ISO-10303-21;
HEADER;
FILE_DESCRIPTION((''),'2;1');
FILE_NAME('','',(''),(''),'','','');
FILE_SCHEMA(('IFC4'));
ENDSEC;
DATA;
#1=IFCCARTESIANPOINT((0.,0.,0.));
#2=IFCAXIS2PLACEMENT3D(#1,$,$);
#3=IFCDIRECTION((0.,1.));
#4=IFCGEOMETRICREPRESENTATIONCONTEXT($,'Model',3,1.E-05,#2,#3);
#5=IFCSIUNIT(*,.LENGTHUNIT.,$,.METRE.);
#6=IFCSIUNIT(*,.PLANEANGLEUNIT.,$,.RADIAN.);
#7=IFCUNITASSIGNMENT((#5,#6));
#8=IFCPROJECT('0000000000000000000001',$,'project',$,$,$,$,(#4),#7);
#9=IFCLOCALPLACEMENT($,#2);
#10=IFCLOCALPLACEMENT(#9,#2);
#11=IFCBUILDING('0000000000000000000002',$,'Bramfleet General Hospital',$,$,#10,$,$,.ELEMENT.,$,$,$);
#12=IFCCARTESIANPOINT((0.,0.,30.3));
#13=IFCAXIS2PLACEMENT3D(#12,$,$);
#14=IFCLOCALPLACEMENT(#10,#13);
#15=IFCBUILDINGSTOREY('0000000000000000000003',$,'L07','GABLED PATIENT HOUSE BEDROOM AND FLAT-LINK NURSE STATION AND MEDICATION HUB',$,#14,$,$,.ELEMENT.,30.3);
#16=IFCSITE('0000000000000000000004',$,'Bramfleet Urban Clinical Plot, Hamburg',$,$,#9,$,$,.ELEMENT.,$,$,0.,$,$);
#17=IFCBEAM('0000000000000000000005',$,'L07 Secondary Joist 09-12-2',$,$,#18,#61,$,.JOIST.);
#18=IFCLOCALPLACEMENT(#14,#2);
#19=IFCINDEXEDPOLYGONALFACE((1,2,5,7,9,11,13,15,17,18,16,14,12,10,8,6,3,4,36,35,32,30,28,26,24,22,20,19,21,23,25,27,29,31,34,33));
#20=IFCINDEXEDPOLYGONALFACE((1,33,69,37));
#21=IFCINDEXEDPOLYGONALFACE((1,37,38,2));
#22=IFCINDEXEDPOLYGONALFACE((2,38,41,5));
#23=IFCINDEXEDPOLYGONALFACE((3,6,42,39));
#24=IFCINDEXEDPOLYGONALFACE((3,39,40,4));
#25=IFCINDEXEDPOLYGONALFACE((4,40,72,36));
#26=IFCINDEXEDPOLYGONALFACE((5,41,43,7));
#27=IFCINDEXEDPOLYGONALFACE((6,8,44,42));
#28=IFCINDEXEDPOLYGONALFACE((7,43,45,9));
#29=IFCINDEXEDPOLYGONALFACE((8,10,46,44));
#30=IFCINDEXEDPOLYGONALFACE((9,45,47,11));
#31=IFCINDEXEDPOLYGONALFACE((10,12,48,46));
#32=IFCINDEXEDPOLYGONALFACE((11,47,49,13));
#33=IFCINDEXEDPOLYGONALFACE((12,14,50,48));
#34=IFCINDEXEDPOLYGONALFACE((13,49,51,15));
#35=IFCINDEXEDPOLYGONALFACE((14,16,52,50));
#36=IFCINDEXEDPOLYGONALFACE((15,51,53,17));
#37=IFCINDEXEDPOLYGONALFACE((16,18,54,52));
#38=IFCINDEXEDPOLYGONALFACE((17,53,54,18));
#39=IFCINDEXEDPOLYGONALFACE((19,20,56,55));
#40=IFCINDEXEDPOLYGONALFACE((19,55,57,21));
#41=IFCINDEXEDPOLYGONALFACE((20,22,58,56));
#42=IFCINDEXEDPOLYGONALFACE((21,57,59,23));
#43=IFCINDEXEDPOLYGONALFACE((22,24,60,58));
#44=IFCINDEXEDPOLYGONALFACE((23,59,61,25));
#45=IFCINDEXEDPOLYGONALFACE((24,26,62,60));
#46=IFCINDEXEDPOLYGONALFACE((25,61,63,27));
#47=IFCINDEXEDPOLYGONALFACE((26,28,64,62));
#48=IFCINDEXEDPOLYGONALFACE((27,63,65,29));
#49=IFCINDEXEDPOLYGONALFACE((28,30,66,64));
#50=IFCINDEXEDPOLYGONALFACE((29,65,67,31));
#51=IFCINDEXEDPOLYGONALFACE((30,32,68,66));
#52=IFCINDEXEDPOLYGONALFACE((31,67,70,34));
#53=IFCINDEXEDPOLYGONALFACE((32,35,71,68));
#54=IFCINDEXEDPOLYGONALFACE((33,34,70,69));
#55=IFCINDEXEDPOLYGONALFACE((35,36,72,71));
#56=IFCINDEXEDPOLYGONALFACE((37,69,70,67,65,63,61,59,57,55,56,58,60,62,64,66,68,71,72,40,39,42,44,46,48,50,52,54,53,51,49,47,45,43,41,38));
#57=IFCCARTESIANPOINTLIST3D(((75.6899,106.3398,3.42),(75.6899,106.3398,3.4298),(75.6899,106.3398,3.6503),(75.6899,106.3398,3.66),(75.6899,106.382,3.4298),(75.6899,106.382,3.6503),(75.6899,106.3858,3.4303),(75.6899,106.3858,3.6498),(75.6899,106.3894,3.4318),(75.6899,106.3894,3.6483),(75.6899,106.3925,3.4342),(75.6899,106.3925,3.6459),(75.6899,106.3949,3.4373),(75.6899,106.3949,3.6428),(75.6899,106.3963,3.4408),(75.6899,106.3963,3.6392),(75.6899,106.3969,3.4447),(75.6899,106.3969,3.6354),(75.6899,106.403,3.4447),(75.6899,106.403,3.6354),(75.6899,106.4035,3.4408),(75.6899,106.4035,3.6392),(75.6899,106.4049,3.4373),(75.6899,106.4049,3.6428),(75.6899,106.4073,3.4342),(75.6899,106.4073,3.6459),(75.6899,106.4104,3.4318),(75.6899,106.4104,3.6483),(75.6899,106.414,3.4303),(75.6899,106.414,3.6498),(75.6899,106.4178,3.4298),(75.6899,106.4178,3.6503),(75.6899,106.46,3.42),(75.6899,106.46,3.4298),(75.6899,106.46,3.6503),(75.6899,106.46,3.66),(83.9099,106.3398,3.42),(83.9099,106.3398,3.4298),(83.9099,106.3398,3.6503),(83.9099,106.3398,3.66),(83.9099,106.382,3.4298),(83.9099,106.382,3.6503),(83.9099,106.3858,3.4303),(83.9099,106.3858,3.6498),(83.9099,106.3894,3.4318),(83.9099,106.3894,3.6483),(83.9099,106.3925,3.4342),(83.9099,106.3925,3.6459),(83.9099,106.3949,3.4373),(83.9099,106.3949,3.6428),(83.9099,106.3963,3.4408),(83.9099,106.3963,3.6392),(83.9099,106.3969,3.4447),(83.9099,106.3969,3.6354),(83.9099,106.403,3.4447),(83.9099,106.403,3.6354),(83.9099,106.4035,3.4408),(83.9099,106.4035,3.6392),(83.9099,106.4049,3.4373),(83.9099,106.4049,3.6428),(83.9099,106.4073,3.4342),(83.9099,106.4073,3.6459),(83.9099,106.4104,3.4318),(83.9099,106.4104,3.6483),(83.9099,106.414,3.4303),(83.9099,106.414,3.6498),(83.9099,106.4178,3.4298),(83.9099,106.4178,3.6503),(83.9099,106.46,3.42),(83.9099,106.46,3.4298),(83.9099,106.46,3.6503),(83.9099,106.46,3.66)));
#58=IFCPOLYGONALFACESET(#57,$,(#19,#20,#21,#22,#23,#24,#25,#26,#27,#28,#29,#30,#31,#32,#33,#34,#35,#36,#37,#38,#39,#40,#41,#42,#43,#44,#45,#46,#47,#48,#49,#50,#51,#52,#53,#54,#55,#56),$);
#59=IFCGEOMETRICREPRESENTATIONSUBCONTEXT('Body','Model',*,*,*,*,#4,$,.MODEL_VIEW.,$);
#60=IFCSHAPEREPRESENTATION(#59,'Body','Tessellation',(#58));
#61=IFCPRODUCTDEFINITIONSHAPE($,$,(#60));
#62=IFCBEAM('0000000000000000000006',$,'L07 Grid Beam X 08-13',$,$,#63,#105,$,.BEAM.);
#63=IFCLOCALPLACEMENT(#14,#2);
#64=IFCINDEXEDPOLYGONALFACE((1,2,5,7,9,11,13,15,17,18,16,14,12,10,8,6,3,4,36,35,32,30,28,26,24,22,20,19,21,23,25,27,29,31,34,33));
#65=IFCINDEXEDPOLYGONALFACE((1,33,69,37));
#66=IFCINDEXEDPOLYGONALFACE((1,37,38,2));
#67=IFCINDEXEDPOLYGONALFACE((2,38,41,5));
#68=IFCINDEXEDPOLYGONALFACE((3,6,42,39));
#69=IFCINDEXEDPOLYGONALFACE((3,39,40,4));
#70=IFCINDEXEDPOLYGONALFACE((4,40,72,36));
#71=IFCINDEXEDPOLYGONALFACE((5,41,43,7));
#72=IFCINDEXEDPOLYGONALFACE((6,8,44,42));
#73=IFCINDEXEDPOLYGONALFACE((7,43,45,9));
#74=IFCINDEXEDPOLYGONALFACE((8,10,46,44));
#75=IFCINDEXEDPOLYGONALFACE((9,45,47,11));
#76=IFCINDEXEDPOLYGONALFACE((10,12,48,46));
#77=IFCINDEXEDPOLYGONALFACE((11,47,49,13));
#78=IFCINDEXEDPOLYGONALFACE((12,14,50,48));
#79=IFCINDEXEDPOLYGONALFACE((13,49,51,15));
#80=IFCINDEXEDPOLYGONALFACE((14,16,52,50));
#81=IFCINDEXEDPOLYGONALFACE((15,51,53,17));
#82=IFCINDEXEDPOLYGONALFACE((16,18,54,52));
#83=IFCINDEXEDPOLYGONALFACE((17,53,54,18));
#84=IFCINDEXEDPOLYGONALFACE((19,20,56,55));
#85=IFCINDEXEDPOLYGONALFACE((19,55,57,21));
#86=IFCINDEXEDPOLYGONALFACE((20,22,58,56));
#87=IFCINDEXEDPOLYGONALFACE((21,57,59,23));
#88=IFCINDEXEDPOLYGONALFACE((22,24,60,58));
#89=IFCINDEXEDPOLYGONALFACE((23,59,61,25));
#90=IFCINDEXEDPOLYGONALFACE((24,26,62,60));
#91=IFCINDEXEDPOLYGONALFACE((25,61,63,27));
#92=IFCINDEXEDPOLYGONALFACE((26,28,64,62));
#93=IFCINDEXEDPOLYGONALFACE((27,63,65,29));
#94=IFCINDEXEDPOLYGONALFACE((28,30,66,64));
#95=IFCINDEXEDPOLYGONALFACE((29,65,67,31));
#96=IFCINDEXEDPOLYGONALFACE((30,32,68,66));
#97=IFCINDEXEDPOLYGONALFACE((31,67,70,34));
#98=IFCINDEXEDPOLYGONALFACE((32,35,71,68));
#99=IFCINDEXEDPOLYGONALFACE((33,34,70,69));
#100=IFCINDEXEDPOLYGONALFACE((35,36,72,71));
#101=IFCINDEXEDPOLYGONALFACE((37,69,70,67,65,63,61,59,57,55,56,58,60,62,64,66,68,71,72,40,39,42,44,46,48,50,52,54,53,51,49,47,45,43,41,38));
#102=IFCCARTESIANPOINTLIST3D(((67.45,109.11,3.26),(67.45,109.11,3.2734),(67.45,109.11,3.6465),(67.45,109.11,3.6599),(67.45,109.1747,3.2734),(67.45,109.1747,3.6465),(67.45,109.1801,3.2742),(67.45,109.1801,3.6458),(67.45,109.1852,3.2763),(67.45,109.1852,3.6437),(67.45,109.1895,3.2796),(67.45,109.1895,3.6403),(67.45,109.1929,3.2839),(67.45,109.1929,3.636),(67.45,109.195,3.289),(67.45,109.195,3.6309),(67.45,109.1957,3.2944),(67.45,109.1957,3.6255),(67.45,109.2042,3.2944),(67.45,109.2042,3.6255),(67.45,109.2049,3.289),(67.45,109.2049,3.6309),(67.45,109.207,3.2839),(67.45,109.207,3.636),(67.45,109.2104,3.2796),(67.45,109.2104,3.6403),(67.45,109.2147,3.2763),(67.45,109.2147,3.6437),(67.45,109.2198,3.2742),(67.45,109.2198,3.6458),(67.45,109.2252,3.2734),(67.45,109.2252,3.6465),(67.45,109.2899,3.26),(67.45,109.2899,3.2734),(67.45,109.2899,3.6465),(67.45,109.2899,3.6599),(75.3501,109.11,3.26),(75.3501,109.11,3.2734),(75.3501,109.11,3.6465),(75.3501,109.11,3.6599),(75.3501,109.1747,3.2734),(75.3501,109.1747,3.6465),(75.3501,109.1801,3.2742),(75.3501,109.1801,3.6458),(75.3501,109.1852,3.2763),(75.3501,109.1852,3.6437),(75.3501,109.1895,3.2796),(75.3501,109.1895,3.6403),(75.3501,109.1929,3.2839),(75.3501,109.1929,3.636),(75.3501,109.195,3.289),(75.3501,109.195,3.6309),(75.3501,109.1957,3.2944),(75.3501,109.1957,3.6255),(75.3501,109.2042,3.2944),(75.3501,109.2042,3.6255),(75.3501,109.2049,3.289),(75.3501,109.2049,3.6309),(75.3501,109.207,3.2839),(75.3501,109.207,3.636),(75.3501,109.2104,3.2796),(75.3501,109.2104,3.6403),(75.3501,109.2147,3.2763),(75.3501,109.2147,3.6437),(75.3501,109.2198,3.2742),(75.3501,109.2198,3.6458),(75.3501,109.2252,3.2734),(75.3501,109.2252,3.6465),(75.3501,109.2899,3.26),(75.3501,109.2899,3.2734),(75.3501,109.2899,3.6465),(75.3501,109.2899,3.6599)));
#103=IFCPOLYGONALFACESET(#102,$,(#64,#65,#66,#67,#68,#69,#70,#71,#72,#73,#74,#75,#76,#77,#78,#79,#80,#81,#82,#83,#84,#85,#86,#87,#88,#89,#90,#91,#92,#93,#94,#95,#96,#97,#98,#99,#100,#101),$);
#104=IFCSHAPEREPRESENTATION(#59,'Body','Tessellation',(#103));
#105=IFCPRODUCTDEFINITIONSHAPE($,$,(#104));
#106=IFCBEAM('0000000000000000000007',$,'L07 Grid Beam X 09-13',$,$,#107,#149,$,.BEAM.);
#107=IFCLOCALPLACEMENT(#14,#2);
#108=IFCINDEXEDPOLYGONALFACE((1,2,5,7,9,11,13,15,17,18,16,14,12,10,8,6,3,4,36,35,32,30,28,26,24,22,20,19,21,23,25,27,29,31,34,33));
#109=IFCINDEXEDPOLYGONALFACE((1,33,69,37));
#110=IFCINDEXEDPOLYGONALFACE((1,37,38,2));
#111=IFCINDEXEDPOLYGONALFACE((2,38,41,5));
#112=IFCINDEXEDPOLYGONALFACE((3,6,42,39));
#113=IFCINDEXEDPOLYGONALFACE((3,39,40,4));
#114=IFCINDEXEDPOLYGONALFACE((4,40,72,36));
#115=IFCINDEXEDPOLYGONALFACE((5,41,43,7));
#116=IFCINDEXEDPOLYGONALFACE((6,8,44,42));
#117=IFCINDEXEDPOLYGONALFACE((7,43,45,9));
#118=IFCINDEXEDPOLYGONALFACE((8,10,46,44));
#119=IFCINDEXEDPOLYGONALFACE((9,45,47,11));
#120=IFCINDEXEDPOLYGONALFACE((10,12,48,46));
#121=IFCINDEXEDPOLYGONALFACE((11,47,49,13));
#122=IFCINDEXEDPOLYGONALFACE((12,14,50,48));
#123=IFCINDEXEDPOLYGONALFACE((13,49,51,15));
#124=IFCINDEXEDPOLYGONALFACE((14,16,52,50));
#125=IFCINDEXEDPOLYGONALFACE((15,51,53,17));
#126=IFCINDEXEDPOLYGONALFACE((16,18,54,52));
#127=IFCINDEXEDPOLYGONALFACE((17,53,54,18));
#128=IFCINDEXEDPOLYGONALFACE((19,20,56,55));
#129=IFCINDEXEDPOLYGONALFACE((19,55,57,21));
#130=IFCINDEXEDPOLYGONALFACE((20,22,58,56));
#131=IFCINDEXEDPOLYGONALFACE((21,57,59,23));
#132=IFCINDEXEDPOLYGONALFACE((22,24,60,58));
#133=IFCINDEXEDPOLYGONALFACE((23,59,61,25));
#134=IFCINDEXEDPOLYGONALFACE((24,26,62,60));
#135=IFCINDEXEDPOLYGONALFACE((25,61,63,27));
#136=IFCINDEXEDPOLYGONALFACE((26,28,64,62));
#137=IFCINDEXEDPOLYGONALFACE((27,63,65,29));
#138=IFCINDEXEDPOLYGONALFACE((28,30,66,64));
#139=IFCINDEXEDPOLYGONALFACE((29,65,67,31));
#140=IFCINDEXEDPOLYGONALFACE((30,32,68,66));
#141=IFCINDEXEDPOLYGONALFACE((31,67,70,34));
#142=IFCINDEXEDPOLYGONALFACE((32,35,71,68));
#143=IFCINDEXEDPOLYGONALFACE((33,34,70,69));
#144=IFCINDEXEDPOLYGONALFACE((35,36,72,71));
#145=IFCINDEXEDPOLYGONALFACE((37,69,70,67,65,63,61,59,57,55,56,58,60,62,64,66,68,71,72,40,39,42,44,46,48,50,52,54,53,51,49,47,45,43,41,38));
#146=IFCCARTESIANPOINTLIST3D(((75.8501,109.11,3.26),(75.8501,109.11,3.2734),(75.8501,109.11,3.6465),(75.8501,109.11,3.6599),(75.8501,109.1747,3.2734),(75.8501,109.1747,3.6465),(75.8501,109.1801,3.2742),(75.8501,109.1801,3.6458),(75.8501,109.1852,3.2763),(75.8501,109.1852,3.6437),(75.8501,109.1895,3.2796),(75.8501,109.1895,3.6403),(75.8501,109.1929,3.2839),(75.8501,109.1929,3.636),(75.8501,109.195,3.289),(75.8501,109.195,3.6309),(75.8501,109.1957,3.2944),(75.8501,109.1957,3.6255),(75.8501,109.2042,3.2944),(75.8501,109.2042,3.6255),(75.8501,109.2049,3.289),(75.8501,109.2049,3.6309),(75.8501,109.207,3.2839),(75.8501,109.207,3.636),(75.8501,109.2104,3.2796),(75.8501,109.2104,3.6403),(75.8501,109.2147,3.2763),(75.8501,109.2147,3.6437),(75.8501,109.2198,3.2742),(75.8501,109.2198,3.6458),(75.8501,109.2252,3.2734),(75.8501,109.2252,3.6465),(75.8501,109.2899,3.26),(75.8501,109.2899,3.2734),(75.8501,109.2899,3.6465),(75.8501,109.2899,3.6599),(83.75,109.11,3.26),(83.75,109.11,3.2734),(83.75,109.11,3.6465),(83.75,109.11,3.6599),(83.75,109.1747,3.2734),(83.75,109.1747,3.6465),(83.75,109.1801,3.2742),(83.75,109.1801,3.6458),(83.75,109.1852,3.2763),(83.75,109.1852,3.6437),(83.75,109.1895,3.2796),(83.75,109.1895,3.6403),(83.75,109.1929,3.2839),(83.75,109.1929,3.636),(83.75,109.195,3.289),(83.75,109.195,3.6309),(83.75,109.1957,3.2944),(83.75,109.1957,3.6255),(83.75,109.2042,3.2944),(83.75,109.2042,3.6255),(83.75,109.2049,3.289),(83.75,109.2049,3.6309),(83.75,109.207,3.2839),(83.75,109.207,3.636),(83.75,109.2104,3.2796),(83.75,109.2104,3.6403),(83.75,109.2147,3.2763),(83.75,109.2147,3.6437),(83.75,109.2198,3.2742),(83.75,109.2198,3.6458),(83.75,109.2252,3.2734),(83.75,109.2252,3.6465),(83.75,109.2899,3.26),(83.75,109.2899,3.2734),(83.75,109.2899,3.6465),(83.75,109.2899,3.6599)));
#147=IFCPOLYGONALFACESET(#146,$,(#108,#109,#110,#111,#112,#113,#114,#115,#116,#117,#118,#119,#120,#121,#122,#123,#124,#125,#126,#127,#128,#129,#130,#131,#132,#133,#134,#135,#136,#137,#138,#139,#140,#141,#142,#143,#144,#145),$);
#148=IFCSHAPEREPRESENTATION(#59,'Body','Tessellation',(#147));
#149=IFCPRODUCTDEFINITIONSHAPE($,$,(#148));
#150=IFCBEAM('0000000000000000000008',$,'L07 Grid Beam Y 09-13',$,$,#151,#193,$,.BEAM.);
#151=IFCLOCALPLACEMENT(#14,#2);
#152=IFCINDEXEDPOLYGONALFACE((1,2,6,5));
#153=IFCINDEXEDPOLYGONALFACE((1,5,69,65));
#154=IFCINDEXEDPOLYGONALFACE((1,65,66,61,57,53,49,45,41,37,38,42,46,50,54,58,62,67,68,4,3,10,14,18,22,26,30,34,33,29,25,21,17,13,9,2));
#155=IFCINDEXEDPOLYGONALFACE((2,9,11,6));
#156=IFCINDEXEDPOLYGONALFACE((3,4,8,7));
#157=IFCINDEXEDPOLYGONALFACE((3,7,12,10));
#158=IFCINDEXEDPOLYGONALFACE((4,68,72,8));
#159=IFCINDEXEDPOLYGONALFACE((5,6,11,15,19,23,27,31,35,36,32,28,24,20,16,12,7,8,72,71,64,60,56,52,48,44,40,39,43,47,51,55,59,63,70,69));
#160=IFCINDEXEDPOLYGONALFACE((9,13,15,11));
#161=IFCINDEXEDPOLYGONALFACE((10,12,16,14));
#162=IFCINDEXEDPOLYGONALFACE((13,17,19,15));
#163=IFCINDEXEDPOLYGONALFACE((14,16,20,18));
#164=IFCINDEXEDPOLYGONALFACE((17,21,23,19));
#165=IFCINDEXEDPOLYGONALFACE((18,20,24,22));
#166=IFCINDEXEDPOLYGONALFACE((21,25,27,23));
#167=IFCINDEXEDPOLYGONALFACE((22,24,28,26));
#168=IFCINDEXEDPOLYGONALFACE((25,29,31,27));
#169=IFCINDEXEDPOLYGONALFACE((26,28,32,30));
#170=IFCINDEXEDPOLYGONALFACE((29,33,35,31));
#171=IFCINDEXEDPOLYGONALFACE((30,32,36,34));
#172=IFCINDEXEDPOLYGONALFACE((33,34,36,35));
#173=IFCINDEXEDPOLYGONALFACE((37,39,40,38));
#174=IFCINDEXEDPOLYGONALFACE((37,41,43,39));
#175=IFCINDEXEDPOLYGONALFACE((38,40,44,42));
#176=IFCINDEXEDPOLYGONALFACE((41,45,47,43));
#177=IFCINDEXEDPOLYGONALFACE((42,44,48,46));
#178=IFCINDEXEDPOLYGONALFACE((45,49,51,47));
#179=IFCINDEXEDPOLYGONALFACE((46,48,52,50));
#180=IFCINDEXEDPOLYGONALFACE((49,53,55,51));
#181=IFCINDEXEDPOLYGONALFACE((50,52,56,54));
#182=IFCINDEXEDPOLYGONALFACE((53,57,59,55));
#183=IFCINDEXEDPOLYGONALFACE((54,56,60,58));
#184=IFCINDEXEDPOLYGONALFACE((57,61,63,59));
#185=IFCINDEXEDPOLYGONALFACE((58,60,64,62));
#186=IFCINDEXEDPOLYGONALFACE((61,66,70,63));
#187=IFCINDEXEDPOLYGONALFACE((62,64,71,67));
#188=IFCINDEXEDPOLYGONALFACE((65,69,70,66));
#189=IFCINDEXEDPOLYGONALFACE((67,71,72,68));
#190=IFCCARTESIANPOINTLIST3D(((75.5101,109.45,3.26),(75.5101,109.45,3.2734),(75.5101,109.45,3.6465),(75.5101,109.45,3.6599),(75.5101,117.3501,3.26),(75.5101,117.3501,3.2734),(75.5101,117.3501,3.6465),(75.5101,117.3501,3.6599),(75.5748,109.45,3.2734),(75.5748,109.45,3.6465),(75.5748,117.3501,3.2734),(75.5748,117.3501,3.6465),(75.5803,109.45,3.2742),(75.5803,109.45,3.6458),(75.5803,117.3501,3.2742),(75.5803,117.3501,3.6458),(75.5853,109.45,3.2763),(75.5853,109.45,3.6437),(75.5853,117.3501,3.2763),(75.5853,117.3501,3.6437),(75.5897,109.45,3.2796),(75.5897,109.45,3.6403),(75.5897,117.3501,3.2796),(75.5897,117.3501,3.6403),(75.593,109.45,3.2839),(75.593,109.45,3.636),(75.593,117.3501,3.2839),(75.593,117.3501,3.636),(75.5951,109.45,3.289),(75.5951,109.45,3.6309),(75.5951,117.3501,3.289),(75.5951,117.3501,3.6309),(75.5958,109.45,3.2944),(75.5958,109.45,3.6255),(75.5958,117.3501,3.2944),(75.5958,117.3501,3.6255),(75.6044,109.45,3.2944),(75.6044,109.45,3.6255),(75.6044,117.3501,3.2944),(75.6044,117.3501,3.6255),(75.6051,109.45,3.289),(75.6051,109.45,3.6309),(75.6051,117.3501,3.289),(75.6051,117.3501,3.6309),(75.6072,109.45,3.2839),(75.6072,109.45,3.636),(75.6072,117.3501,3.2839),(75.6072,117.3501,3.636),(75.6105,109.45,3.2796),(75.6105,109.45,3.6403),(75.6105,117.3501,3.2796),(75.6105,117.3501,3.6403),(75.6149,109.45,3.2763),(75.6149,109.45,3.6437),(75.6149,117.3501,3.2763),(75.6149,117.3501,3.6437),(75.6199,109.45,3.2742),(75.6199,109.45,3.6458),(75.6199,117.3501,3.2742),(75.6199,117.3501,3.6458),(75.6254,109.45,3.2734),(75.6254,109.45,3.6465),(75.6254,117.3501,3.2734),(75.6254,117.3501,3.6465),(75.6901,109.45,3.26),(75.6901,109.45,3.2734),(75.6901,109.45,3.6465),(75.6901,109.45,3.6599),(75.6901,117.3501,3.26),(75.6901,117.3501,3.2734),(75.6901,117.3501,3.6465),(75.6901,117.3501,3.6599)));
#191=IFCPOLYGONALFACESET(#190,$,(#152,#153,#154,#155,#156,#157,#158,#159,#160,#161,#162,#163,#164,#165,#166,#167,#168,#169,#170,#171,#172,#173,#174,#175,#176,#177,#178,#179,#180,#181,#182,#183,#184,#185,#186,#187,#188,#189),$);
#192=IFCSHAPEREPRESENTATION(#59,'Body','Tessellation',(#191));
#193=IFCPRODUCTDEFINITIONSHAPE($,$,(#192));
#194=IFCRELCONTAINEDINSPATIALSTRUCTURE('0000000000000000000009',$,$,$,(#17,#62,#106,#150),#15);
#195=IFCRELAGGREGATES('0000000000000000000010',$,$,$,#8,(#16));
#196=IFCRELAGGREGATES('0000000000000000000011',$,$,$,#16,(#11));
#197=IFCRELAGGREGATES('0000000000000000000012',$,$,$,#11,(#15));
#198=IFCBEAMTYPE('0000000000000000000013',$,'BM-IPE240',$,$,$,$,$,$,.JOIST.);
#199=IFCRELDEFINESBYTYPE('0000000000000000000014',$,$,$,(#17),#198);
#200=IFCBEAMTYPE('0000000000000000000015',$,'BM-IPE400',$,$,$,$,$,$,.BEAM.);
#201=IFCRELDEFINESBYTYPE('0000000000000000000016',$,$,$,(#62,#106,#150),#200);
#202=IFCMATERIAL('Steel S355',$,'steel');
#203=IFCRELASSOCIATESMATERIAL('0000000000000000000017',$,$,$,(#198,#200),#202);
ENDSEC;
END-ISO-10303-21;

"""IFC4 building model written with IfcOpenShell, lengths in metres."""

from ifc_helpers import new_model, si_unit, direction, frame, origin, origin_2d, place, context, subcontext, project, spatial, i_section, extrude, material, material_profile, profile_set, type_object, element, save


model = new_model("IFC4")

# Units and contexts
model_context = context("Model", 3, precision=1e-05, world=origin(), true_north=direction((0.0, 1.0)))
body_context = subcontext(model_context, "Body", "Model", "MODEL_VIEW")
ifc_project = project(units=[si_unit("LENGTHUNIT", "METRE"), si_unit("PLANEANGLEUNIT", "RADIAN")], contexts=[model_context])

# Site, building, storey
site_placement = place(None, origin())
site = spatial("IfcSite", under=ifc_project, at=site_placement, Name="Bramfleet Urban Clinical Plot, Hamburg", CompositionType="ELEMENT", RefElevation=0.0)
building_placement = place(site_placement, origin())
building = spatial("IfcBuilding", under=site, at=building_placement, Name="Bramfleet General Hospital", CompositionType="ELEMENT")
storey_placement = place(building_placement, frame((0.0, 0.0, 30.3)))
storey = spatial("IfcBuildingStorey", under=building, at=storey_placement, Name="L07", Description="GABLED PATIENT HOUSE BEDROOM AND FLAT-LINK NURSE STATION AND MEDICATION HUB", CompositionType="ELEMENT", Elevation=30.3)

# Beams
ifc_material_1 = material(Name="Steel S355", Category="steel")
ifc_material_profile_1 = material_profile(ifc_material_1, i_section(OverallWidth=0.1201, OverallDepth=0.24, WebThickness=0.0061, FlangeThickness=0.0098, FilletRadius=0.0149, at=origin_2d()), Name="IPE 240")
ifc_profile_set_1 = profile_set([ifc_material_profile_1], Name="Steel S355")
beam_type_1 = type_object("IfcBeamType", Name="BM-IPE240", PredefinedType="JOIST", material=ifc_profile_set_1)
beam_1_placement = place(storey_placement, frame((75.6899, 106.3999, 3.54), z_axis=(1.0, 0.0, 0.0), x_axis=(0.0, 1.0, 0.0)))
element("IfcBeam", 1, at=beam_1_placement, inside=storey, type_object=beam_type_1, Name="L07 Secondary Joist 09-12-2", PredefinedType="JOIST", context=body_context, shape_type="SweptSolid", body=[
    extrude(i_section(OverallWidth=0.1201, OverallDepth=0.24, WebThickness=0.0061, FlangeThickness=0.0098, FilletRadius=0.0149, at=origin_2d()), origin(), (0.0, 0.0, 1.0), 8.22),
])
ifc_material_profile_2 = material_profile(ifc_material_1, i_section(OverallWidth=0.1799, OverallDepth=0.3999, WebThickness=0.0085, FlangeThickness=0.0134, FilletRadius=0.021, at=origin_2d()), Name="IPE 400")
ifc_profile_set_2 = profile_set([ifc_material_profile_2], Name="Steel S355")
beam_type_2 = type_object("IfcBeamType", Name="BM-IPE400", PredefinedType="BEAM", material=ifc_profile_set_2)
beam_2_placement = place(storey_placement, frame((67.45, 109.2, 3.46), z_axis=(1.0, 0.0, 0.0), x_axis=(0.0, 1.0, 0.0)))
element("IfcBeam", 2, at=beam_2_placement, inside=storey, type_object=beam_type_2, Name="L07 Grid Beam X 08-13", PredefinedType="BEAM", context=body_context, shape_type="SweptSolid", body=[
    extrude(i_section(OverallWidth=0.1799, OverallDepth=0.3999, WebThickness=0.0085, FlangeThickness=0.0134, FilletRadius=0.021, at=origin_2d()), origin(), (0.0, 0.0, 1.0), 7.9001),
])
beam_3_placement = place(storey_placement, frame((75.8501, 109.2, 3.46), z_axis=(1.0, 0.0, 0.0), x_axis=(0.0, 1.0, 0.0)))
element("IfcBeam", 3, at=beam_3_placement, inside=storey, type_object=beam_type_2, Name="L07 Grid Beam X 09-13", PredefinedType="BEAM", context=body_context, shape_type="SweptSolid", body=[
    extrude(i_section(OverallWidth=0.1799, OverallDepth=0.3999, WebThickness=0.0085, FlangeThickness=0.0134, FilletRadius=0.021, at=origin_2d()), origin(), (0.0, 0.0, 1.0), 7.8999),
])
beam_4_placement = place(storey_placement, frame((75.6001, 109.45, 3.46), z_axis=(0.0, 1.0, 0.0), x_axis=(-1.0, 0.0, 0.0)))
element("IfcBeam", 4, at=beam_4_placement, inside=storey, type_object=beam_type_2, Name="L07 Grid Beam Y 09-13", PredefinedType="BEAM", context=body_context, shape_type="SweptSolid", body=[
    extrude(i_section(OverallWidth=0.1799, OverallDepth=0.3999, WebThickness=0.0085, FlangeThickness=0.0134, FilletRadius=0.021, at=origin_2d()), origin(), (0.0, 0.0, 1.0), 7.9001),
])

save(model, "model.ifc")
